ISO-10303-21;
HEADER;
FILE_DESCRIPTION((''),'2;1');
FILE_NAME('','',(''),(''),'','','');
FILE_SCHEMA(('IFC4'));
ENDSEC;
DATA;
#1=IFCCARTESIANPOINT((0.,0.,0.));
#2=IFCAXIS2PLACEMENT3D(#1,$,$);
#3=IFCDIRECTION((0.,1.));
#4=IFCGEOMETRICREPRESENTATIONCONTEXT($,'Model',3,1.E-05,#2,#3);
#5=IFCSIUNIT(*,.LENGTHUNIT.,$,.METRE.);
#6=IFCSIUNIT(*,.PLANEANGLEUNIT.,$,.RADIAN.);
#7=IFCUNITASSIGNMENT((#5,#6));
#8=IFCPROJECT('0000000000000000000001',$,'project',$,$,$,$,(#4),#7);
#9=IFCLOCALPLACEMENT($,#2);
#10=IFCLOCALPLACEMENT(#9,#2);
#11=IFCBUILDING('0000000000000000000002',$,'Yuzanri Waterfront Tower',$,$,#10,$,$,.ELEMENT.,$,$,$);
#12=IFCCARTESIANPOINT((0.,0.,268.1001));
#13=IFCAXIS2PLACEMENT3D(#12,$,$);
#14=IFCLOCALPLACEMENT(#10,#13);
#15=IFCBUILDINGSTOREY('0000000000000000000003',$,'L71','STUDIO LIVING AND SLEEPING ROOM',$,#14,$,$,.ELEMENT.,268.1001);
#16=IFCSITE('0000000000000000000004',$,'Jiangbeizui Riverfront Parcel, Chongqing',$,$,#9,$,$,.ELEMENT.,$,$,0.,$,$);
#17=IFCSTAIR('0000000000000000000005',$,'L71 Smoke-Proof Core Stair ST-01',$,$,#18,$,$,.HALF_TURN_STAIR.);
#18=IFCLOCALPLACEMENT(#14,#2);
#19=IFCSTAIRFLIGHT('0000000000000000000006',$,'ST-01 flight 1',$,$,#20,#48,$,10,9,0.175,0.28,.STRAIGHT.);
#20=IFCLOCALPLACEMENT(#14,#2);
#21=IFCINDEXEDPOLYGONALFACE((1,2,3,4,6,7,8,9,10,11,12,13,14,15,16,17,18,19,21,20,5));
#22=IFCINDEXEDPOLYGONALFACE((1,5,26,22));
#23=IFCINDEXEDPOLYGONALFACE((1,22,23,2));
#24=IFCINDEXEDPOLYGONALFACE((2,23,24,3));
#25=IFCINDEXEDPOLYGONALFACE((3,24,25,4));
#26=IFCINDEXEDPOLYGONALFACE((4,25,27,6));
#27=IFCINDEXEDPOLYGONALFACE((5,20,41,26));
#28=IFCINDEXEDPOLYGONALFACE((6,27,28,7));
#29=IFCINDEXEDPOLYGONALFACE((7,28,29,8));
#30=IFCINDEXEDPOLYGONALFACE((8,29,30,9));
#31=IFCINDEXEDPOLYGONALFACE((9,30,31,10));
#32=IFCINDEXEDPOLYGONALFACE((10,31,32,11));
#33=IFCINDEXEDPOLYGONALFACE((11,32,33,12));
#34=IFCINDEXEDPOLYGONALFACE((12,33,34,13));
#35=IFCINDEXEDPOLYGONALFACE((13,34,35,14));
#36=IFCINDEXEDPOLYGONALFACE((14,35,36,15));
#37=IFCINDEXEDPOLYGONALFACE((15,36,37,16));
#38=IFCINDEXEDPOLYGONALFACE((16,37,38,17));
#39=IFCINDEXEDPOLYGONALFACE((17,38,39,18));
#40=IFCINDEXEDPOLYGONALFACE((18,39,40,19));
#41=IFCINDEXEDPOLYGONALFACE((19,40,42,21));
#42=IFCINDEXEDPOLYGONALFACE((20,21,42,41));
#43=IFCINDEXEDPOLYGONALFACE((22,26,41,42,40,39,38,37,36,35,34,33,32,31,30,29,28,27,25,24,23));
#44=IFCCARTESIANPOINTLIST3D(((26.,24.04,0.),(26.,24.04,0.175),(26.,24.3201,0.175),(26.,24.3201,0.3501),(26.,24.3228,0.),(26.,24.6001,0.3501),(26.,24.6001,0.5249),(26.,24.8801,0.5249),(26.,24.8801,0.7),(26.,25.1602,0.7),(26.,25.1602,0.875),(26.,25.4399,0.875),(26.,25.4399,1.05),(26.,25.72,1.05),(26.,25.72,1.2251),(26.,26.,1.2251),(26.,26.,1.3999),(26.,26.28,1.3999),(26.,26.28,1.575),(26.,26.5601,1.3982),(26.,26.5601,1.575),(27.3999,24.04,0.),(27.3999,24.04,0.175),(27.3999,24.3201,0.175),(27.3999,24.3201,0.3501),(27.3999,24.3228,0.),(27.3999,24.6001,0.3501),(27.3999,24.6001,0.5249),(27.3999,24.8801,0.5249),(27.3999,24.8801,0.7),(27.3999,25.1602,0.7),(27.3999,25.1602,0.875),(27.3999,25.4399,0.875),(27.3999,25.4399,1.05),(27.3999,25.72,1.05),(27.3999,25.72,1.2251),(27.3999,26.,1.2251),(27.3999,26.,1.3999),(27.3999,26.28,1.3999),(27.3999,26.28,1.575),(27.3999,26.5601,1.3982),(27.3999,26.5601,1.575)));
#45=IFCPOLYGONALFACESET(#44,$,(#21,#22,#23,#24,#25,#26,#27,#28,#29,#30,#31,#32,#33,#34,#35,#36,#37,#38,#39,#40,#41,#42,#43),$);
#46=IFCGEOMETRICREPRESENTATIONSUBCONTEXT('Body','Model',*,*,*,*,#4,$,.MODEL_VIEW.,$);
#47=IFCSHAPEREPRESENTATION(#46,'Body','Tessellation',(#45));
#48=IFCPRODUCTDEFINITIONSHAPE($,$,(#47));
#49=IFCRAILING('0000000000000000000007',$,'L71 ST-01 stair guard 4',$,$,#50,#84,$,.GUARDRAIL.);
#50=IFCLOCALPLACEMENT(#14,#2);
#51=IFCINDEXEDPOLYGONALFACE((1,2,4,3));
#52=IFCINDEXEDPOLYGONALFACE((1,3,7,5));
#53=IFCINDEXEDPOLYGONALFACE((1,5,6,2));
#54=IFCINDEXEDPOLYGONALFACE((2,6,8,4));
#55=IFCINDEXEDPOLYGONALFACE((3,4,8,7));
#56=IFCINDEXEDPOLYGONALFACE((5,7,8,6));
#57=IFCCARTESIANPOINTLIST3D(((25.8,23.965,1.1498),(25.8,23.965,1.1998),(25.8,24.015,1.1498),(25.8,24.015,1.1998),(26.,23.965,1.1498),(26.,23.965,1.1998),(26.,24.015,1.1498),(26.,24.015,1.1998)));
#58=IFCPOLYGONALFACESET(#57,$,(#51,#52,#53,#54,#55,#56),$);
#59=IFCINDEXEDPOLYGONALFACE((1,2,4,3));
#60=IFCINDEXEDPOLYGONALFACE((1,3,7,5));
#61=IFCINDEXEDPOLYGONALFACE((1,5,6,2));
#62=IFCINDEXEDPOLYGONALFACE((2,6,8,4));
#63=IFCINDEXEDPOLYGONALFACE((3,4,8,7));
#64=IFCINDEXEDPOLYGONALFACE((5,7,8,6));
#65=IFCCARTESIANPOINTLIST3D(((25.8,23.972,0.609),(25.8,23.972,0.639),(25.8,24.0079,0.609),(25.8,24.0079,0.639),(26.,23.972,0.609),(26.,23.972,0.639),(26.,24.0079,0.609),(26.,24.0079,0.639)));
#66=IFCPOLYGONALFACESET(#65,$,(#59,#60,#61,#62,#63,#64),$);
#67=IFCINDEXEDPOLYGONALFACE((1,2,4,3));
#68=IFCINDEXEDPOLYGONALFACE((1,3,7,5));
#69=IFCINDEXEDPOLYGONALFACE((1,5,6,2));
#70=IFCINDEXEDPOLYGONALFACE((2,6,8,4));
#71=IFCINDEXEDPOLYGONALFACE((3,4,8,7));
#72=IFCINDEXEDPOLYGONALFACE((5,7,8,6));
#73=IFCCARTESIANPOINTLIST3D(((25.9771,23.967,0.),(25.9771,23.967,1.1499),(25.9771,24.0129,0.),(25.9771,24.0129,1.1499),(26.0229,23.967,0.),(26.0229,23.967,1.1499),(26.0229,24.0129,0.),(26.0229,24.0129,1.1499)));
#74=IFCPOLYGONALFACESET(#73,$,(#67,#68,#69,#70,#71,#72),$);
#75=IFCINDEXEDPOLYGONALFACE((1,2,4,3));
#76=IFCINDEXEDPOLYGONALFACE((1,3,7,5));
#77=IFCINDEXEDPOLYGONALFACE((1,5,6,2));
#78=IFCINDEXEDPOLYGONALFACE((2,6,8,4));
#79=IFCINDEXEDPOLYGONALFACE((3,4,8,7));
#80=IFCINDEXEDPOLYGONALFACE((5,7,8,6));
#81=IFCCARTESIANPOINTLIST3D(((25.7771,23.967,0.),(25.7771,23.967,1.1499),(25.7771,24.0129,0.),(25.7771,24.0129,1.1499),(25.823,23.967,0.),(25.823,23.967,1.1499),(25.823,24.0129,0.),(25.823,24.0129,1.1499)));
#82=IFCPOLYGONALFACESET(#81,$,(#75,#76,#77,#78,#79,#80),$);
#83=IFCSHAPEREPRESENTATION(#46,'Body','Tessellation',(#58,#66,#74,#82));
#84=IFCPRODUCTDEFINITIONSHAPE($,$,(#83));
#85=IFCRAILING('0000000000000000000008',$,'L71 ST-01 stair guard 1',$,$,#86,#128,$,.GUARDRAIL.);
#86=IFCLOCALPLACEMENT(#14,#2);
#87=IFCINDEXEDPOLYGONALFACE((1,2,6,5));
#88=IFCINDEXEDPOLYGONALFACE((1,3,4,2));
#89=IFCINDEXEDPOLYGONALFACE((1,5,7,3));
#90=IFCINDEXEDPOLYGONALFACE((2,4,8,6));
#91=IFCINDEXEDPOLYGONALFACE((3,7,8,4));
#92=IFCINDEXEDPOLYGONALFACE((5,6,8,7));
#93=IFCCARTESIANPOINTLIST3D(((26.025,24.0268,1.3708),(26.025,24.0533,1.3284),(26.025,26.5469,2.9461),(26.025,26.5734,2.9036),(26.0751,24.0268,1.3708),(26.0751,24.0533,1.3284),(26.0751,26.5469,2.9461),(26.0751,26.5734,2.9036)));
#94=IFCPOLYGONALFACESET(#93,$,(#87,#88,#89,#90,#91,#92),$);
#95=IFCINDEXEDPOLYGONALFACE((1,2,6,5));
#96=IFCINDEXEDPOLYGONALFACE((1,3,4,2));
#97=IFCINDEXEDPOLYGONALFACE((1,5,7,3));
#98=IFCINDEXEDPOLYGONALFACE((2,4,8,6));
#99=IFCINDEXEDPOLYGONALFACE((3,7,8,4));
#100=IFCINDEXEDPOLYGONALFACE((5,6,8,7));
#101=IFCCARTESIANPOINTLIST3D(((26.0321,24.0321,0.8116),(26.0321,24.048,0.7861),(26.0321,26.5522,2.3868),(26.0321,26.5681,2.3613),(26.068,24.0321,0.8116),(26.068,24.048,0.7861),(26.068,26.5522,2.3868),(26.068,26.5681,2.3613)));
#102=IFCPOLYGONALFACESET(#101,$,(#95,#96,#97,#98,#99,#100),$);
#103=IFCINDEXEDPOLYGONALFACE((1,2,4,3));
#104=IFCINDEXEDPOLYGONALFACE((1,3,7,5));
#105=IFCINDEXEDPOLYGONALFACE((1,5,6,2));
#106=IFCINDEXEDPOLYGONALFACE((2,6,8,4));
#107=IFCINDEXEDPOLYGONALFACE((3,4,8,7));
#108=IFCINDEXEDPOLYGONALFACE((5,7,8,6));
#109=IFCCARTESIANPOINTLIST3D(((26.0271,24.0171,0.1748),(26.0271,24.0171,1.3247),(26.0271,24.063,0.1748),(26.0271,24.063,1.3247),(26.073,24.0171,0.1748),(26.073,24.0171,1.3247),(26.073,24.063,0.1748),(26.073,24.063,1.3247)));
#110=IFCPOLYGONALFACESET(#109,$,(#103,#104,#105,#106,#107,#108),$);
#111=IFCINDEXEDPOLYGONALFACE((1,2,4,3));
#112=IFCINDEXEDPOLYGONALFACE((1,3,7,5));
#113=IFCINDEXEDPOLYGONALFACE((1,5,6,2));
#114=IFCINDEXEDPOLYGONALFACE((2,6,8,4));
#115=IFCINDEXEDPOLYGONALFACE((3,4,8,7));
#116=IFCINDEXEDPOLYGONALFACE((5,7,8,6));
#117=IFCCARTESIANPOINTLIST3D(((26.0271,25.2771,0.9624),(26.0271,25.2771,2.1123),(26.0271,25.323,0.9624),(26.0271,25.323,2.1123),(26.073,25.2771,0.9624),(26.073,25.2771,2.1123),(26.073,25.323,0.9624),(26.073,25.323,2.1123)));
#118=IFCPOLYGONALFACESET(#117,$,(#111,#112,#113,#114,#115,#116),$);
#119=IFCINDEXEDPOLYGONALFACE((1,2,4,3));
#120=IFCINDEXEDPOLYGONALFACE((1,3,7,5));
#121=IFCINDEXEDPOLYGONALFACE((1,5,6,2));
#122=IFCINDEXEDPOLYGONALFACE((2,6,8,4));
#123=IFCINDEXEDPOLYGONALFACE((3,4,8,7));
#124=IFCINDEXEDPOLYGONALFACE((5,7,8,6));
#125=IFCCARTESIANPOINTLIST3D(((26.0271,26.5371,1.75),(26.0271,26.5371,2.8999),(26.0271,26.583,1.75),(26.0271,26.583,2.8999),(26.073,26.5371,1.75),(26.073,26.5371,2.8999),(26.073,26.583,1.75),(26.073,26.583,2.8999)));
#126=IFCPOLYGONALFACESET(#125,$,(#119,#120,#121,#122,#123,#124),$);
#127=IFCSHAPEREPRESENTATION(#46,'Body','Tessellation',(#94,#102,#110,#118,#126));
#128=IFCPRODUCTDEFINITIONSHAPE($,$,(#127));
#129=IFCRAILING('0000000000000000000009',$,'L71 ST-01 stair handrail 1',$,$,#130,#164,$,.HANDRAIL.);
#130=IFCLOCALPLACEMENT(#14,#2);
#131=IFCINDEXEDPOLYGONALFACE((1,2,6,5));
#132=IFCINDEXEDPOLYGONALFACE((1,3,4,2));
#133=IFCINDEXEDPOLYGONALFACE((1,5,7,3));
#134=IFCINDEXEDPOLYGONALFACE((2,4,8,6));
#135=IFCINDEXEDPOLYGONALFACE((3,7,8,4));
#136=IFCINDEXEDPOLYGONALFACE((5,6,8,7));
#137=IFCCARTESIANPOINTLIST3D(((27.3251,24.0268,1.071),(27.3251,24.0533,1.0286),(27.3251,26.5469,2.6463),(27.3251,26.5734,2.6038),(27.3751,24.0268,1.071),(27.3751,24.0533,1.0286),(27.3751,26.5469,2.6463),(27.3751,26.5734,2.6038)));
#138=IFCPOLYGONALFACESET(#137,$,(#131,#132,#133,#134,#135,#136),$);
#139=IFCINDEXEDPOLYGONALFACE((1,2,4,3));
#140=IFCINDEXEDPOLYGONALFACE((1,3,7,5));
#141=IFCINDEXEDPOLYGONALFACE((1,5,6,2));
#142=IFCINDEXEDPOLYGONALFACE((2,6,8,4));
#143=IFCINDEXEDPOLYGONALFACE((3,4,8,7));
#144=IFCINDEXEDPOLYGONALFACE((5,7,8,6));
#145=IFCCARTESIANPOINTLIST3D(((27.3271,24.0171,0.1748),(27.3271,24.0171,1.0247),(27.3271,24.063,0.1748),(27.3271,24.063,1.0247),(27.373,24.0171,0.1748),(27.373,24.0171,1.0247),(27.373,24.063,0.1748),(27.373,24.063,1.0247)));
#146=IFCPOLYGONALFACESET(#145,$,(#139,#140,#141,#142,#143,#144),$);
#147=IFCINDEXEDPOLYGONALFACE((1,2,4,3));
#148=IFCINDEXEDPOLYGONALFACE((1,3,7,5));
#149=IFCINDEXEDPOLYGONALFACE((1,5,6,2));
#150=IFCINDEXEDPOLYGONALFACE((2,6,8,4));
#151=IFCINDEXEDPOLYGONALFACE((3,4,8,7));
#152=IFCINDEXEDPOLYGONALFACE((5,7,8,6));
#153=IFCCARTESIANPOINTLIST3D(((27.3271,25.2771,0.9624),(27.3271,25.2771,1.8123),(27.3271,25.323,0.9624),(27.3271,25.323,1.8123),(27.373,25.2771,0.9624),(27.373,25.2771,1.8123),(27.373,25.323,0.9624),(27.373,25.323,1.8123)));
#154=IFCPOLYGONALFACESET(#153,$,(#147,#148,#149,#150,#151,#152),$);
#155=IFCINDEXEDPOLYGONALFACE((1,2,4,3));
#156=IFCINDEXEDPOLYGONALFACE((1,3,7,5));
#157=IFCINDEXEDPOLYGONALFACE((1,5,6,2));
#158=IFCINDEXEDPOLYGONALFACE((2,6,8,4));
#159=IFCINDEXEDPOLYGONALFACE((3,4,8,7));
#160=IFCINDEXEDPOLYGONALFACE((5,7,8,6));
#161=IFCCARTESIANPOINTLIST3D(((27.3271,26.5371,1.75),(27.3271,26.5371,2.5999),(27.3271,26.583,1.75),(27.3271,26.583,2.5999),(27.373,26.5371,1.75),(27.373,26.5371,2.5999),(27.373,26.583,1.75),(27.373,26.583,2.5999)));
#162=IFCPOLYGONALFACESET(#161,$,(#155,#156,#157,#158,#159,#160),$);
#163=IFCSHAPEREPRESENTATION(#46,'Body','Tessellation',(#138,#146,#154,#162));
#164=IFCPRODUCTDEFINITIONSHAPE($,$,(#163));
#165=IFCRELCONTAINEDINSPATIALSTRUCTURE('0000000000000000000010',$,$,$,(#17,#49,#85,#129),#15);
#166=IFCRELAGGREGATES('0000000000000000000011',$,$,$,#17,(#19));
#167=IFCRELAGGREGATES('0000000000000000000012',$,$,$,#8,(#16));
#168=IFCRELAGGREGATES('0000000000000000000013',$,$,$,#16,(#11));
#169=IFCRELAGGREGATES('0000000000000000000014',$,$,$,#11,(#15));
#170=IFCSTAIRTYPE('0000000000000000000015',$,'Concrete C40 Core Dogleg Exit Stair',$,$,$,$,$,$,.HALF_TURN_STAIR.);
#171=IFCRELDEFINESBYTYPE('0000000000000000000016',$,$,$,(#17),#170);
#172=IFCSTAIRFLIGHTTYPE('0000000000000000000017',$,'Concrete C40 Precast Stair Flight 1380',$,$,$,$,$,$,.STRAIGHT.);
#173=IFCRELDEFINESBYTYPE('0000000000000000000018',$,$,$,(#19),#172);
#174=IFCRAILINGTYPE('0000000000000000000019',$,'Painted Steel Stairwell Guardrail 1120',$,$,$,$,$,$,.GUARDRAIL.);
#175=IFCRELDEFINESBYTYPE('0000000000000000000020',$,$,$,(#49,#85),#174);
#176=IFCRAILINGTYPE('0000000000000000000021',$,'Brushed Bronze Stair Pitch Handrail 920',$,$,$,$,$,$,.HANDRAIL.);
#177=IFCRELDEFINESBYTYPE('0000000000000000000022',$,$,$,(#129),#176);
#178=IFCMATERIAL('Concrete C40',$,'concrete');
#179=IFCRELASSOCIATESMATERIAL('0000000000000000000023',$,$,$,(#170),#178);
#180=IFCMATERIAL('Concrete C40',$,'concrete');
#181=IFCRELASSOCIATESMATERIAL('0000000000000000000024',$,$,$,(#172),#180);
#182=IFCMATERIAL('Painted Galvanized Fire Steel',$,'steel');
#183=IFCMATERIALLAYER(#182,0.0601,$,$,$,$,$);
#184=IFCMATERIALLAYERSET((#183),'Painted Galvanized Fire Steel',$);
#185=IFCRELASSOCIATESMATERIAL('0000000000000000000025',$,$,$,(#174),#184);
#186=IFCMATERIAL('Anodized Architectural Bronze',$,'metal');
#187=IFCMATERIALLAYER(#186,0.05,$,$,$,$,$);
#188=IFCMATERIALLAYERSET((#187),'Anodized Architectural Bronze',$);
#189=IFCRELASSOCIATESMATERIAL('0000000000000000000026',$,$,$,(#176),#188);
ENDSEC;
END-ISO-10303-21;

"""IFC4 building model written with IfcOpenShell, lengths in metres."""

from ifc_helpers import new_model, si_unit, direction, frame, origin, origin_2d, place, context, subcontext, project, spatial, polyline, rectangle, outline, extrude, source, transform, mapped, material, layer, layer_set, type_object, element, aggregate, save


model = new_model("IFC4")

# Units and contexts
model_context = context("Model", 3, precision=1e-05, world=origin(), true_north=direction((0.0, 1.0)))
body_context = subcontext(model_context, "Body", "Model", "MODEL_VIEW")
ifc_project = project(units=[si_unit("LENGTHUNIT", "METRE"), si_unit("PLANEANGLEUNIT", "RADIAN")], contexts=[model_context])

# Site, building, storey
site_placement = place(None, origin())
site = spatial("IfcSite", under=ifc_project, at=site_placement, Name="Jiangbeizui Riverfront Parcel, Chongqing", CompositionType="ELEMENT", RefElevation=0.0)
building_placement = place(site_placement, origin())
building = spatial("IfcBuilding", under=site, at=building_placement, Name="Yuzanri Waterfront Tower", CompositionType="ELEMENT")
storey_placement = place(building_placement, frame((0.0, 0.0, 268.1001)))
storey = spatial("IfcBuildingStorey", under=building, at=storey_placement, Name="L71", Description="STUDIO LIVING AND SLEEPING ROOM", CompositionType="ELEMENT", Elevation=268.1001)

# Stair, stair flight
ifc_material_1 = material(Name="Concrete C40", Category="concrete")
stair_type = type_object("IfcStairType", Name="Concrete C40 Core Dogleg Exit Stair", PredefinedType="HALF_TURN_STAIR", material=ifc_material_1)
stair_placement = place(storey_placement, origin())
stair = element("IfcStair", 1, at=stair_placement, inside=storey, type_object=stair_type, Name="L71 Smoke-Proof Core Stair ST-01", PredefinedType="HALF_TURN_STAIR")
ifc_material_2 = material(Name="Concrete C40", Category="concrete")
stair_flight_type = type_object("IfcStairFlightType", Name="Concrete C40 Precast Stair Flight 1380", PredefinedType="STRAIGHT", material=ifc_material_2)
shared_shape_1 = source(origin(), body_context, "Body", "SweptSolid", [
    extrude(outline(polyline([(0.0, 0.0), (0.0, 0.175), (0.28, 0.175), (0.28, 0.3501), (0.5601, 0.3501), (0.5601, 0.5249), (0.8401, 0.5249), (0.8401, 0.7), (1.1201, 0.7), (1.1201, 0.875), (1.3999, 0.875), (1.3999, 1.05), (1.6799, 1.05), (1.6799, 1.2251), (1.96, 1.2251), (1.96, 1.3999), (2.24, 1.3999), (2.24, 1.575), (2.52, 1.575), (2.52, 1.75), (2.52, 1.3982), (0.2827, 0.0), (0.0, 0.0)])), frame((0.0, 0.7, 0.0), z_axis=(0.0, -1.0, 0.0), x_axis=(1.0, 0.0, 0.0)), (0.0, 0.0, 1.0), 1.3999),
])
stair_flight_placement = place(storey_placement, frame((26.7, 24.04, 0.0), z_axis=(0.0, 0.0, 1.0), x_axis=(0.0, 1.0, 0.0)))
stair_flight = element("IfcStairFlight", 2, at=stair_flight_placement, type_object=stair_flight_type, Name="ST-01 flight 1", NumberOfRisers=10, NumberOfTreads=9, PredefinedType="STRAIGHT", RiserHeight=0.175, TreadLength=0.28, context=body_context, shape_type="MappedRepresentation", body=[
    mapped(shared_shape_1, transform((0.0, 0.0, 0.0), scale=1.0)),
])
aggregate(stair, [stair_flight])

# Railings
ifc_material_3 = material(Name="Painted Galvanized Fire Steel", Category="steel")
ifc_layer_1 = layer(ifc_material_3, 0.0601)
ifc_layer_set_1 = layer_set([ifc_layer_1], Name="Painted Galvanized Fire Steel")
railing_type_1 = type_object("IfcRailingType", Name="Painted Steel Stairwell Guardrail 1120", PredefinedType="GUARDRAIL", material=ifc_layer_set_1)
shared_shape_2 = source(origin(), body_context, "Body", "SweptSolid", [
    extrude(rectangle(XDim=0.05, YDim=0.05, at=origin_2d()), frame((0.0, 0.0, 1.1748), z_axis=(-1.0, 0.0, 0.0), x_axis=(0.0, -1.0, 0.0)), (0.0, 0.0, 1.0), 0.2),
    extrude(rectangle(XDim=0.0359, YDim=0.03, at=origin_2d()), frame((0.0, 0.0, 0.624), z_axis=(-1.0, 0.0, 0.0), x_axis=(0.0, -1.0, 0.0)), (0.0, 0.0, 1.0), 0.2),
    extrude(rectangle(XDim=0.0459, YDim=0.0459, at=origin_2d()), origin(), (0.0, 0.0, 1.0), 1.1499),
    extrude(rectangle(XDim=0.0459, YDim=0.0459, at=origin_2d()), frame((-0.2, 0.0, 0.0)), (0.0, 0.0, 1.0), 1.1499),
])
railing_1_placement = place(storey_placement, frame((26.0, 23.99, 0.0)))
element("IfcRailing", 3, at=railing_1_placement, inside=storey, type_object=railing_type_1, Name="L71 ST-01 stair guard 4", PredefinedType="GUARDRAIL", context=body_context, shape_type="MappedRepresentation", body=[
    mapped(shared_shape_2, transform((0.0, 0.0, 0.0), scale=1.0)),
])
shared_shape_3 = source(origin(), body_context, "Body", "SweptSolid", [
    extrude(rectangle(XDim=0.05, YDim=0.05, at=origin_2d()), frame((0.0, 0.0, 1.1748), z_axis=(0.0, 0.847971, 0.530043), x_axis=(-1.0, 0.0, 0.0)), (0.0, 0.0, 1.0), 2.9719),
    extrude(rectangle(XDim=0.0359, YDim=0.03, at=origin_2d()), frame((0.0, 0.0, 0.624), z_axis=(0.0, 0.847971, 0.530043), x_axis=(-1.0, 0.0, 0.0)), (0.0, 0.0, 1.0), 2.9719),
    extrude(rectangle(XDim=0.0459, YDim=0.0459, at=origin_2d()), origin(), (0.0, 0.0, 1.0), 1.1499),
    extrude(rectangle(XDim=0.0459, YDim=0.0459, at=origin_2d()), frame((0.0, 1.26, 0.7876)), (0.0, 0.0, 1.0), 1.1499),
    extrude(rectangle(XDim=0.0459, YDim=0.0459, at=origin_2d()), frame((0.0, 2.52, 1.5752)), (0.0, 0.0, 1.0), 1.1499),
])
railing_2_placement = place(storey_placement, frame((26.05, 24.04, 0.1748)))
element("IfcRailing", 4, at=railing_2_placement, inside=storey, type_object=railing_type_1, Name="L71 ST-01 stair guard 1", PredefinedType="GUARDRAIL", context=body_context, shape_type="MappedRepresentation", body=[
    mapped(shared_shape_3, transform((0.0, 0.0, 0.0), scale=1.0)),
])
ifc_material_4 = material(Name="Anodized Architectural Bronze", Category="metal")
ifc_layer_2 = layer(ifc_material_4, 0.05)
ifc_layer_set_2 = layer_set([ifc_layer_2], Name="Anodized Architectural Bronze")
railing_type_2 = type_object("IfcRailingType", Name="Brushed Bronze Stair Pitch Handrail 920", PredefinedType="HANDRAIL", material=ifc_layer_set_2)
shared_shape_4 = source(origin(), body_context, "Body", "SweptSolid", [
    extrude(rectangle(XDim=0.05, YDim=0.05, at=origin_2d()), frame((0.0, 0.0, 0.875), z_axis=(0.0, 0.847971, 0.530043), x_axis=(-1.0, 0.0, 0.0)), (0.0, 0.0, 1.0), 2.9719),
    extrude(rectangle(XDim=0.0459, YDim=0.0459, at=origin_2d()), origin(), (0.0, 0.0, 1.0), 0.8499),
    extrude(rectangle(XDim=0.0459, YDim=0.0459, at=origin_2d()), frame((0.0, 1.26, 0.7876)), (0.0, 0.0, 1.0), 0.8499),
    extrude(rectangle(XDim=0.0459, YDim=0.0459, at=origin_2d()), frame((0.0, 2.52, 1.5752)), (0.0, 0.0, 1.0), 0.8499),
])
railing_3_placement = place(storey_placement, frame((27.3501, 24.04, 0.1748)))
element("IfcRailing", 5, at=railing_3_placement, inside=storey, type_object=railing_type_2, Name="L71 ST-01 stair handrail 1", PredefinedType="HANDRAIL", context=body_context, shape_type="MappedRepresentation", body=[
    mapped(shared_shape_4, transform((0.0, 0.0, 0.0), scale=1.0)),
])

save(model, "model.ifc")
